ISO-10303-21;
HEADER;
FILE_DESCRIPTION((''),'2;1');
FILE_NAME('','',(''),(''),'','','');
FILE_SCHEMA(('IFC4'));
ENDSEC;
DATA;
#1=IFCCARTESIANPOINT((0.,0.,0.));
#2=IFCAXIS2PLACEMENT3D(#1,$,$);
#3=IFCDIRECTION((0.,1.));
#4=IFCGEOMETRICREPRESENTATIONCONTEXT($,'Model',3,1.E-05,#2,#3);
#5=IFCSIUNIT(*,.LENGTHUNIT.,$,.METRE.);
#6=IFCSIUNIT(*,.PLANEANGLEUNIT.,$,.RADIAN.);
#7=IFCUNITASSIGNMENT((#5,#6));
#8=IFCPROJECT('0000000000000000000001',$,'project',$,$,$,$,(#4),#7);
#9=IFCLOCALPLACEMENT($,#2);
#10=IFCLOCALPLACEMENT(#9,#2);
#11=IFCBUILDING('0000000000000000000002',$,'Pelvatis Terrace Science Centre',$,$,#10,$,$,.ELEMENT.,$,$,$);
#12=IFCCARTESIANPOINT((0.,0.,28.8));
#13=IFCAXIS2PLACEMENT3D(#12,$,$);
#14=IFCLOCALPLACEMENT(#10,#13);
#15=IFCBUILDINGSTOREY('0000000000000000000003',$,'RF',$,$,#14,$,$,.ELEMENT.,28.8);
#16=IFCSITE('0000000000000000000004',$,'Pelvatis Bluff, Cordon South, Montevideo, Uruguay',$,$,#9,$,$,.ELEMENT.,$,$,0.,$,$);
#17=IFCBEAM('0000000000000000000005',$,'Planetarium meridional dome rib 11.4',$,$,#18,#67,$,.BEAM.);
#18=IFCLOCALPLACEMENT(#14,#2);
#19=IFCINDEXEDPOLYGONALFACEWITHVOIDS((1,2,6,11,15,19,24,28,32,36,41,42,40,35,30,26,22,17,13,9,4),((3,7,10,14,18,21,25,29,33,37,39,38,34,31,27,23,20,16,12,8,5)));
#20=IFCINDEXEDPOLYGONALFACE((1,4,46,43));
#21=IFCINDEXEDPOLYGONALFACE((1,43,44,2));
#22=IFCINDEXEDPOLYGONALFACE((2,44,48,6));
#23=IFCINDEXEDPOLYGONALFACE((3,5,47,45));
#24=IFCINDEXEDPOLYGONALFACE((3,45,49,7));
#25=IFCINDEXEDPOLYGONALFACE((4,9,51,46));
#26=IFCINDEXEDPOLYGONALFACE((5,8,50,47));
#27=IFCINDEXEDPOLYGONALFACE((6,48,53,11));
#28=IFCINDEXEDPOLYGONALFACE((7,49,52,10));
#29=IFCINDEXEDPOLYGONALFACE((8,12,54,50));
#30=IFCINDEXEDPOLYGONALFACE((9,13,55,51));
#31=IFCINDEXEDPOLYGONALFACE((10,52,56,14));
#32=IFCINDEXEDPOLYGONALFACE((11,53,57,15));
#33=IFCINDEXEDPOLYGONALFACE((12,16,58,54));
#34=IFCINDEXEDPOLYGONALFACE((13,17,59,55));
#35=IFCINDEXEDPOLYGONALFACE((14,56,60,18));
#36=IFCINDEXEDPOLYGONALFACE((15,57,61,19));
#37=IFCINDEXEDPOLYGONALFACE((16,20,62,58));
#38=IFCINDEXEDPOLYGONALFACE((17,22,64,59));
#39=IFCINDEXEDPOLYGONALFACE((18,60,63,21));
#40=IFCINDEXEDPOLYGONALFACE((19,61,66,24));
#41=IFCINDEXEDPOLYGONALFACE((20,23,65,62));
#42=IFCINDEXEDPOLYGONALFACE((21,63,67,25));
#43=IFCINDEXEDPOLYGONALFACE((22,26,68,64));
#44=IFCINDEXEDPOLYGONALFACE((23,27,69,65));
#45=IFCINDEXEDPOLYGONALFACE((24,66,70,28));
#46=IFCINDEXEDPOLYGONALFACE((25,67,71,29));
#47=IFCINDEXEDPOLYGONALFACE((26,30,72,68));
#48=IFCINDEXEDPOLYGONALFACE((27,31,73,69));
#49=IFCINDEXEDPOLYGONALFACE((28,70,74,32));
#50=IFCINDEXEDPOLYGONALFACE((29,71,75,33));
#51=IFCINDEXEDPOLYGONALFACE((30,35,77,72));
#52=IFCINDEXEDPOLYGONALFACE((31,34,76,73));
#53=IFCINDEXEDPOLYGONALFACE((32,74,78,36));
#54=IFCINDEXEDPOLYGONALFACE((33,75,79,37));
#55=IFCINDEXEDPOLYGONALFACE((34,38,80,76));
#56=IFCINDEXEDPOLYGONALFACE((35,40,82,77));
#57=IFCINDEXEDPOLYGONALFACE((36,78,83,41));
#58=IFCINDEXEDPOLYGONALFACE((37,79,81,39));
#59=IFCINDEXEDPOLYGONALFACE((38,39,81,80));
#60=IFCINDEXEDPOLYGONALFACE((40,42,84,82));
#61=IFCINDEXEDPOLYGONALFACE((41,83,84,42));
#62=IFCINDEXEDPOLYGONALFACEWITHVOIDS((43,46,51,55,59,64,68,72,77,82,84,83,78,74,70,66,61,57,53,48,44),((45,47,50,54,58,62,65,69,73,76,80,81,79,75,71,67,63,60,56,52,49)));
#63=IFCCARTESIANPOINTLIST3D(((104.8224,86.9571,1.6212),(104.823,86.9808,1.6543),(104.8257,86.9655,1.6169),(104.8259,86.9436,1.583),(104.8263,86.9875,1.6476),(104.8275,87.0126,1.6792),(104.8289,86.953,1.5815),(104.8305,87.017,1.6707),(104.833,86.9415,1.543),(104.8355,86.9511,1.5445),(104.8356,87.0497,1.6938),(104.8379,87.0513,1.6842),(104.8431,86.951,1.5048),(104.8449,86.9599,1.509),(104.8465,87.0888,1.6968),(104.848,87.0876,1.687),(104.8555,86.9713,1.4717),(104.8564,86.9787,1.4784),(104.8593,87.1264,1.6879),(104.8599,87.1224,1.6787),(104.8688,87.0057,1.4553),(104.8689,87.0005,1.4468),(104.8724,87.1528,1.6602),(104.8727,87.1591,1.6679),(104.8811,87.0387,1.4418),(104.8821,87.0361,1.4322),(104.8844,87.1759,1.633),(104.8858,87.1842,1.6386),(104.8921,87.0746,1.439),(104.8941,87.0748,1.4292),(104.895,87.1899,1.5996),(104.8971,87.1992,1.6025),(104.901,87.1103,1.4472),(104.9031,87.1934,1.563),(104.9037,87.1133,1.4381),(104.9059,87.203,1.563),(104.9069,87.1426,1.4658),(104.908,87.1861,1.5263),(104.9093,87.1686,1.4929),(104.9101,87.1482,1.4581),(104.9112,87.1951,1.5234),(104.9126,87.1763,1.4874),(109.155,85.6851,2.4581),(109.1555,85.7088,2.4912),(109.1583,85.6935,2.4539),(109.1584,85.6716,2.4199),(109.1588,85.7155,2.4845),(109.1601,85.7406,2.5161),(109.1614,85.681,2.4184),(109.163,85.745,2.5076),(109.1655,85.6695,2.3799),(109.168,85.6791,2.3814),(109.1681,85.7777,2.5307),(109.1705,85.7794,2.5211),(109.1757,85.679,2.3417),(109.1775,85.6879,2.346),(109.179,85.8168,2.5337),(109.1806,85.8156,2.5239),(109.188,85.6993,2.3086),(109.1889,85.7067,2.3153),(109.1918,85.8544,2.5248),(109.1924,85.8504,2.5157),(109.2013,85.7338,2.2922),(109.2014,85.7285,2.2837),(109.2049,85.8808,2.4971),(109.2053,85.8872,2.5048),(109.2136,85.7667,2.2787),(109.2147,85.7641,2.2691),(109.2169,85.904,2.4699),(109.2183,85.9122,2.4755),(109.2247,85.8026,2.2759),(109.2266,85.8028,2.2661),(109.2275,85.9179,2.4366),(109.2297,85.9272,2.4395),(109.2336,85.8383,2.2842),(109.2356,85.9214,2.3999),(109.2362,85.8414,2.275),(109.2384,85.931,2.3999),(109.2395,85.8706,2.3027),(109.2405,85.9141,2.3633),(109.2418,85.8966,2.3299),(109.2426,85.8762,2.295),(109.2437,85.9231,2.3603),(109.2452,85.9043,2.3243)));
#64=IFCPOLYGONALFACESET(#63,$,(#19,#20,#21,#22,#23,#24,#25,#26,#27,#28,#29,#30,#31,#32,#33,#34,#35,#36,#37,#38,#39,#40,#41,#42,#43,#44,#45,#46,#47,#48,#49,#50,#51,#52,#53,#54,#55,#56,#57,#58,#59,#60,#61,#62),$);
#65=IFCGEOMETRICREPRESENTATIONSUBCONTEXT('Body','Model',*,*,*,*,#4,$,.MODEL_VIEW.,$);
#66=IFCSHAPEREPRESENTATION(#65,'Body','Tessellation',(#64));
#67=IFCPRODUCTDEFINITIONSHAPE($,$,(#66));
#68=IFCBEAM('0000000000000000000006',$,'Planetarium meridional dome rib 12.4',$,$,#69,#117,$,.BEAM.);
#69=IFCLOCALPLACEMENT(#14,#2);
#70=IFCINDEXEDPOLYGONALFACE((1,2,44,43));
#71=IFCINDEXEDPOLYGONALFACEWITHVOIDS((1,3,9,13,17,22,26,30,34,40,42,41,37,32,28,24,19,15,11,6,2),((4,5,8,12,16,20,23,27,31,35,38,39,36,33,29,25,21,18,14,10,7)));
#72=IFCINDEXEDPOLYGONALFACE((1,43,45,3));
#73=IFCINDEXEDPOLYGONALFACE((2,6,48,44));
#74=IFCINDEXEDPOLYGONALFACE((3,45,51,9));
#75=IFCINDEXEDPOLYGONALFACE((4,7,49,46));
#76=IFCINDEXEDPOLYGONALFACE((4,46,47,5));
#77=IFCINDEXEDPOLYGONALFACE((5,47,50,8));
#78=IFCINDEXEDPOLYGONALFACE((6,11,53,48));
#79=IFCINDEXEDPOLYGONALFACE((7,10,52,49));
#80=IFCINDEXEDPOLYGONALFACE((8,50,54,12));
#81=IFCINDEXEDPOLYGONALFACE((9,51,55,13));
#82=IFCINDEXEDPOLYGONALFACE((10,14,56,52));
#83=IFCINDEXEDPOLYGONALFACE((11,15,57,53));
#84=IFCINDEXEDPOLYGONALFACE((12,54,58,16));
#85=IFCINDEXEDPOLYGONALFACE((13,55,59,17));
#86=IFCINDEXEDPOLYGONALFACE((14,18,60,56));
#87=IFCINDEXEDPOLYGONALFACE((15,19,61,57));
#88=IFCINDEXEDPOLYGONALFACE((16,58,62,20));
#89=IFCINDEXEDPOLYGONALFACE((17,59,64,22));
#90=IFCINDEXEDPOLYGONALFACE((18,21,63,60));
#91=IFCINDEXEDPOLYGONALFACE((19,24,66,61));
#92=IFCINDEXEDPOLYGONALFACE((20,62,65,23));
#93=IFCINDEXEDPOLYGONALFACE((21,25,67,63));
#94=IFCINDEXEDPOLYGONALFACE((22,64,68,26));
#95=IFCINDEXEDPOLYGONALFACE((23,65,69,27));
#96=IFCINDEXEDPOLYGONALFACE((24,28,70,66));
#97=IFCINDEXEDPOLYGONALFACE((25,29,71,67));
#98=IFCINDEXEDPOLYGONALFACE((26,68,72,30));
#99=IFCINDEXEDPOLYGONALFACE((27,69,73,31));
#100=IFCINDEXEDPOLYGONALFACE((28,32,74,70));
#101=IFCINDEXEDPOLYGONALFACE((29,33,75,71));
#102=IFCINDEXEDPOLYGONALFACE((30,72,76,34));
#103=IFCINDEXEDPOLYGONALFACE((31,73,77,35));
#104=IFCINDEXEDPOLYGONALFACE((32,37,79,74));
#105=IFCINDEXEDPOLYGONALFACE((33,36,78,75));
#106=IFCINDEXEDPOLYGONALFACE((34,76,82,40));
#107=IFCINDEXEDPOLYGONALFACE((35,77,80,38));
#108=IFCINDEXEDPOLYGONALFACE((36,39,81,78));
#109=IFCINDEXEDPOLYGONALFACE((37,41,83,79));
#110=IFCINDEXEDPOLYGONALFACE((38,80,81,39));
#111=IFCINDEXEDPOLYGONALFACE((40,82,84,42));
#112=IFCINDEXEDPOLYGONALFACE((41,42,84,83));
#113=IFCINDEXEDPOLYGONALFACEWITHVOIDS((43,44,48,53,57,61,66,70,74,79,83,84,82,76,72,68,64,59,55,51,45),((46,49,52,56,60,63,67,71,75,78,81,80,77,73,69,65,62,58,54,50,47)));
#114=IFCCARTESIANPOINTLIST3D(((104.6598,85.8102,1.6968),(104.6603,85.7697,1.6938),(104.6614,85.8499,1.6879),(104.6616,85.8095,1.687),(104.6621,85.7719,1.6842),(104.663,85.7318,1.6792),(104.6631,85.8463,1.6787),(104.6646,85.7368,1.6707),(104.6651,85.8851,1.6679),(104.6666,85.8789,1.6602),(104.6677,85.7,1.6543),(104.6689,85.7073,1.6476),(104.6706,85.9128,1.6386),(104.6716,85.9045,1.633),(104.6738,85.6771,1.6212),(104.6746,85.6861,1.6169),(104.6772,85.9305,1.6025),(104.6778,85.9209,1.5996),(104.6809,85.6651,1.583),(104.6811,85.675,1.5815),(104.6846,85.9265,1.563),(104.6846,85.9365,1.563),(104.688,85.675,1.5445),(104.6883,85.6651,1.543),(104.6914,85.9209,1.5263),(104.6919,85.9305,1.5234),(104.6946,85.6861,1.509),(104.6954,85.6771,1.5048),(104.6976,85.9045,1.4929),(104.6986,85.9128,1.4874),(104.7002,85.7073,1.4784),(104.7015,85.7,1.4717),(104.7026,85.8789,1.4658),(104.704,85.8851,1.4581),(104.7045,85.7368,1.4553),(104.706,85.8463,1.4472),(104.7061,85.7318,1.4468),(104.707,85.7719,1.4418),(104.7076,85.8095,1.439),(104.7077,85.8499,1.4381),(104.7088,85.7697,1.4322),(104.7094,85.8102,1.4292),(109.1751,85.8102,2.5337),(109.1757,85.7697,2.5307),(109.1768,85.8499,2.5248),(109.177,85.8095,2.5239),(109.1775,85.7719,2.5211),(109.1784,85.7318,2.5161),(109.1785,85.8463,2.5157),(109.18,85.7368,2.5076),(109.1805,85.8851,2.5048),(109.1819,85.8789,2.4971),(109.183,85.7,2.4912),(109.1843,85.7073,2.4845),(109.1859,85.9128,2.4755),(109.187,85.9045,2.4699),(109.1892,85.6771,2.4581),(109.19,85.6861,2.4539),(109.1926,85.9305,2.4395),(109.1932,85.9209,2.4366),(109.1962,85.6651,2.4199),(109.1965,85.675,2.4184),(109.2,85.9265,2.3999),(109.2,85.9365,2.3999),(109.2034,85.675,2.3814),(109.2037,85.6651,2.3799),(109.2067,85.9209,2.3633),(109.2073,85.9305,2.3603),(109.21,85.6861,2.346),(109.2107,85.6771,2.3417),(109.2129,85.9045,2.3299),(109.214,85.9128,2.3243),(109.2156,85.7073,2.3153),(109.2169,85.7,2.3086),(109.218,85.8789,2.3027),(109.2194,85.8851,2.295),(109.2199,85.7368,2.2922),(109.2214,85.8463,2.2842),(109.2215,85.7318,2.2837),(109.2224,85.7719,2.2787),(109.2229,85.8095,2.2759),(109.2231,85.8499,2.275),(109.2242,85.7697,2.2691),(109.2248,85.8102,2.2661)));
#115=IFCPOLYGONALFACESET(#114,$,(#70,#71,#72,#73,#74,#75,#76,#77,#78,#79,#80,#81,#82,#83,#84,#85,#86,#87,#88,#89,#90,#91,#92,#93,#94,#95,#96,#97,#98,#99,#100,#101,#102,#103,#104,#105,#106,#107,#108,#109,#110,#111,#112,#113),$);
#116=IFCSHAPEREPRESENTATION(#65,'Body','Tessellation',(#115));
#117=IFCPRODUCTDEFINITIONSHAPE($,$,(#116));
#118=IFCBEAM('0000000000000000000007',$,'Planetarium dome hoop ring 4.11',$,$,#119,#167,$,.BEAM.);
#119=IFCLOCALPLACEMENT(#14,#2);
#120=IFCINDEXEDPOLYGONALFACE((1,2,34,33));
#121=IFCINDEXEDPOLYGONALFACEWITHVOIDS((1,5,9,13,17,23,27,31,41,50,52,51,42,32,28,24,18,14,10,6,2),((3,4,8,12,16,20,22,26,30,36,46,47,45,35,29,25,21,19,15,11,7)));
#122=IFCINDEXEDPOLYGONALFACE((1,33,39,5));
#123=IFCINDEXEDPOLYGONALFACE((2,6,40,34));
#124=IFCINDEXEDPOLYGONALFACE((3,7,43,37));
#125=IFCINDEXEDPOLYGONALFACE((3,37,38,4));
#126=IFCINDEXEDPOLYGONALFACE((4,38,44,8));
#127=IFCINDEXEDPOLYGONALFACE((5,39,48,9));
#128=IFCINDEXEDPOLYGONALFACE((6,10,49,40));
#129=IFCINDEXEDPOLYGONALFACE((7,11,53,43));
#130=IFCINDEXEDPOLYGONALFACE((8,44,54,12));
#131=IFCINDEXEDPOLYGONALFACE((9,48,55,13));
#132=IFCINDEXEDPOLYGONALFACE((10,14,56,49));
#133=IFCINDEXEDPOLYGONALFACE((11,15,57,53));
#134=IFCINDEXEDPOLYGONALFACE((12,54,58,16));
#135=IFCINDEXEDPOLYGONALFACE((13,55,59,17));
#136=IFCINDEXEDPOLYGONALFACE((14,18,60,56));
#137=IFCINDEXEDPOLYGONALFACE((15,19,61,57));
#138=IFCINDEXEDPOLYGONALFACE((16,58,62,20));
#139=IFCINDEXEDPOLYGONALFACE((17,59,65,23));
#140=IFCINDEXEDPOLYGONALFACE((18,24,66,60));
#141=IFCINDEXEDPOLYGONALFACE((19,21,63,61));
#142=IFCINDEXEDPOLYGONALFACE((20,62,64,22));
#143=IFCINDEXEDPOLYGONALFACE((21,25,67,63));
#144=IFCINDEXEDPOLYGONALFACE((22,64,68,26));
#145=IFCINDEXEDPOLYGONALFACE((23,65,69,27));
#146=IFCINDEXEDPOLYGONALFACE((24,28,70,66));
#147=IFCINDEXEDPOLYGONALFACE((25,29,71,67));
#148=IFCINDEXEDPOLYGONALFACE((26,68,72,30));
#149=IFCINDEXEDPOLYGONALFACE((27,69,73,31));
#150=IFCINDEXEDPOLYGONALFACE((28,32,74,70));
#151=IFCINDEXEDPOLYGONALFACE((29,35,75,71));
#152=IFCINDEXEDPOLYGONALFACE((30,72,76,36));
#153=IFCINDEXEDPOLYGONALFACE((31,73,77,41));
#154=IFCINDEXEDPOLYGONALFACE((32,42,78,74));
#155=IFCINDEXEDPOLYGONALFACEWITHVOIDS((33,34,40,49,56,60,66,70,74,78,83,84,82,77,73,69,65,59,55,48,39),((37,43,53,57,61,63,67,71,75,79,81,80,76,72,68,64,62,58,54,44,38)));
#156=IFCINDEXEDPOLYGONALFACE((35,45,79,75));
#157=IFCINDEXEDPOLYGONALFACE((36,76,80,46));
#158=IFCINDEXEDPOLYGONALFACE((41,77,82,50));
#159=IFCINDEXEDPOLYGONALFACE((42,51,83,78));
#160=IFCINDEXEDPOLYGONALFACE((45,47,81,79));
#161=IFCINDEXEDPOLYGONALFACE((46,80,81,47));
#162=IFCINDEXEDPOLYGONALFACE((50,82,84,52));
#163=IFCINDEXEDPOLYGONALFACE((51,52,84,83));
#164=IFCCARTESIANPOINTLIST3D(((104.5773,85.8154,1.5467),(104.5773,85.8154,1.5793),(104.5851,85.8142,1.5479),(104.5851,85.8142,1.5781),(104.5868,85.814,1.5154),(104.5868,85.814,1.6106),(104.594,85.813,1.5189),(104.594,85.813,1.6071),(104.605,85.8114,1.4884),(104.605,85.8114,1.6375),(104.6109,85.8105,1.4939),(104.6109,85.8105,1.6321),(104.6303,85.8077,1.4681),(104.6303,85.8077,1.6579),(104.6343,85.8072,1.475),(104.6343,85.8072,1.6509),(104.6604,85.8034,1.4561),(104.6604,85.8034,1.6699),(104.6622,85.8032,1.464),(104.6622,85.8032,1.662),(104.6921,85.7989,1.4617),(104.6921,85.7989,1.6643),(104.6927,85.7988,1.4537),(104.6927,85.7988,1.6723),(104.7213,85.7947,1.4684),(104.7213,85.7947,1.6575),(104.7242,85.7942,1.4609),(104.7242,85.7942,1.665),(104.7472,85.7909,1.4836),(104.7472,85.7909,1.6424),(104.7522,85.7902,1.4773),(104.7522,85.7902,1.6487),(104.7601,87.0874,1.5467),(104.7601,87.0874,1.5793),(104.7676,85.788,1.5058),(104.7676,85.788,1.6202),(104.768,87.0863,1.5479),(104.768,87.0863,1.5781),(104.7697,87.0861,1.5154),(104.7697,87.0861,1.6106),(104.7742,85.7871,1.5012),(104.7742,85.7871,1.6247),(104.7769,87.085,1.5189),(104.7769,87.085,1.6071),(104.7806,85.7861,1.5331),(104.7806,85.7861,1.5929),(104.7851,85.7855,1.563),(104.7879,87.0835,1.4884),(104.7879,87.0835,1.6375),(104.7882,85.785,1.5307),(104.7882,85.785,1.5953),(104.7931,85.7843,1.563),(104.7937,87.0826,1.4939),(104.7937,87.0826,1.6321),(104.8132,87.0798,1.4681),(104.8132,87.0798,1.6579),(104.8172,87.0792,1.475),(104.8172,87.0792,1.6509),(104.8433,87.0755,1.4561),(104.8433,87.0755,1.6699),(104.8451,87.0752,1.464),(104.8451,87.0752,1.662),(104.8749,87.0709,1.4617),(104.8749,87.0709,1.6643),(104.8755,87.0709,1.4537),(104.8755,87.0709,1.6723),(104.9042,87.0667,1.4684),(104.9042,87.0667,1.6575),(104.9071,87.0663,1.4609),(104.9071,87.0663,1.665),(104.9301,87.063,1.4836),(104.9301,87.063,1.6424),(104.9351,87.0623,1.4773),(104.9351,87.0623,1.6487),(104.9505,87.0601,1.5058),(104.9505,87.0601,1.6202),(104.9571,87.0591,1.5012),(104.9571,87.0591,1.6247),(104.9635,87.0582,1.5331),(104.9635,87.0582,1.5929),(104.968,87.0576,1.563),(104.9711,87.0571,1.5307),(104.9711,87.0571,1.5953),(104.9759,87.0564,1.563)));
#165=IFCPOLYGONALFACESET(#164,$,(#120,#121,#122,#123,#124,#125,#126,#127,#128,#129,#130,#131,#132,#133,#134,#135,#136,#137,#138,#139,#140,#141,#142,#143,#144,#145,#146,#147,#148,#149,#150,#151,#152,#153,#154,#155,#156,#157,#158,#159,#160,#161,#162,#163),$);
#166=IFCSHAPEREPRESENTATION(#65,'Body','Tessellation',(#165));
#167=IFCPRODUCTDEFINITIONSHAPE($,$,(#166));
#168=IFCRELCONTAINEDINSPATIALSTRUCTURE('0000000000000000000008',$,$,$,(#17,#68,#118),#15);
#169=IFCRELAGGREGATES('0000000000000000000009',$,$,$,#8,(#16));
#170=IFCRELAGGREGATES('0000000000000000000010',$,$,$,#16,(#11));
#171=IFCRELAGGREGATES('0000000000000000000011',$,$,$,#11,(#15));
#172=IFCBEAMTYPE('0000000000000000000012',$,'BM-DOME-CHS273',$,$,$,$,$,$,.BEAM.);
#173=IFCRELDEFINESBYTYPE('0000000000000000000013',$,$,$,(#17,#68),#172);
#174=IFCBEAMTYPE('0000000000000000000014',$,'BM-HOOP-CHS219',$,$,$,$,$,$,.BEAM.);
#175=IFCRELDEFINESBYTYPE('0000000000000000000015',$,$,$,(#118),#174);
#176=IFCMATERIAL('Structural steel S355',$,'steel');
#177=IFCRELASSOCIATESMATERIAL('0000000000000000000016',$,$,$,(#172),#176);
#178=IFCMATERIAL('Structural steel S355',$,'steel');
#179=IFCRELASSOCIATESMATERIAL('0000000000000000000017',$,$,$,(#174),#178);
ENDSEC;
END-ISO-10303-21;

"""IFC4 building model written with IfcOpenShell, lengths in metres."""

from ifc_helpers import new_model, si_unit, direction, frame, origin, origin_2d, place, context, subcontext, project, spatial, hollow_circle, extrude, material, material_profile, profile_set, type_object, element, save


model = new_model("IFC4")

# Units and contexts
model_context = context("Model", 3, precision=1e-05, world=origin(), true_north=direction((0.0, 1.0)))
body_context = subcontext(model_context, "Body", "Model", "MODEL_VIEW")
ifc_project = project(units=[si_unit("LENGTHUNIT", "METRE"), si_unit("PLANEANGLEUNIT", "RADIAN")], contexts=[model_context])

# Site, building, storey
site_placement = place(None, origin())
site = spatial("IfcSite", under=ifc_project, at=site_placement, Name="Pelvatis Bluff, Cordon South, Montevideo, Uruguay", CompositionType="ELEMENT", RefElevation=0.0)
building_placement = place(site_placement, origin())
building = spatial("IfcBuilding", under=site, at=building_placement, Name="Pelvatis Terrace Science Centre", CompositionType="ELEMENT")
storey_placement = place(building_placement, frame((0.0, 0.0, 28.8)))
storey = spatial("IfcBuildingStorey", under=building, at=storey_placement, Name="RF", CompositionType="ELEMENT", Elevation=28.8)

# Beams
ifc_material_1 = material(Name="Structural steel S355", Category="steel")
ifc_material_profile_1 = material_profile(ifc_material_1, hollow_circle(Radius=0.1365, WallThickness=0.01, at=origin_2d()), Name="CHS 273.0x10.0")
ifc_profile_set_1 = profile_set([ifc_material_profile_1], Name="Structural steel S355")
beam_type_1 = type_object("IfcBeamType", Name="BM-DOME-CHS273", PredefinedType="BEAM", material=ifc_profile_set_1)
for number, where, z_axis, x_axis, name in (
    (1, (104.8674, 87.072, 1.563), (0.943435, -0.27698, 0.182244), (0.281698, 0.959503, 0.0), "Planetarium meridional dome rib 11.4"),
    (2, (104.6846, 85.8, 1.563), (0.983253, 0.0, 0.182243), (0.0, 1.0, 0.0), "Planetarium meridional dome rib 12.4"),
):
    element("IfcBeam", number, at=place(storey_placement, frame(where, z_axis=z_axis, x_axis=x_axis)), inside=storey, type_object=beam_type_1, Name=name, PredefinedType="BEAM", context=body_context, shape_type="SweptSolid", body=[
        extrude(hollow_circle(Radius=0.1365, WallThickness=0.01, at=origin_2d()), origin(), (0.0, 0.0, 1.0), 4.5923),
    ])
ifc_material_2 = material(Name="Structural steel S355", Category="steel")
ifc_material_profile_2 = material_profile(ifc_material_2, hollow_circle(Radius=0.1096, WallThickness=0.0081, at=origin_2d()), Name="CHS 219.1x8.0")
ifc_profile_set_2 = profile_set([ifc_material_profile_2], Name="Structural steel S355")
beam_type_2 = type_object("IfcBeamType", Name="BM-HOOP-CHS219", PredefinedType="BEAM", material=ifc_profile_set_2)
beam_1_placement = place(storey_placement, frame((104.8674, 87.072, 1.563), z_axis=(-0.142299, -0.989824, 0.0), x_axis=(0.989824, -0.142299, 0.0)))
element("IfcBeam", 3, at=beam_1_placement, inside=storey, type_object=beam_type_2, Name="Planetarium dome hoop ring 4.11", PredefinedType="BEAM", context=body_context, shape_type="SweptSolid", body=[
    extrude(hollow_circle(Radius=0.1096, WallThickness=0.0081, at=origin_2d()), origin(), (0.0, 0.0, 1.0), 1.2852),
])

save(model, "model.ifc")
